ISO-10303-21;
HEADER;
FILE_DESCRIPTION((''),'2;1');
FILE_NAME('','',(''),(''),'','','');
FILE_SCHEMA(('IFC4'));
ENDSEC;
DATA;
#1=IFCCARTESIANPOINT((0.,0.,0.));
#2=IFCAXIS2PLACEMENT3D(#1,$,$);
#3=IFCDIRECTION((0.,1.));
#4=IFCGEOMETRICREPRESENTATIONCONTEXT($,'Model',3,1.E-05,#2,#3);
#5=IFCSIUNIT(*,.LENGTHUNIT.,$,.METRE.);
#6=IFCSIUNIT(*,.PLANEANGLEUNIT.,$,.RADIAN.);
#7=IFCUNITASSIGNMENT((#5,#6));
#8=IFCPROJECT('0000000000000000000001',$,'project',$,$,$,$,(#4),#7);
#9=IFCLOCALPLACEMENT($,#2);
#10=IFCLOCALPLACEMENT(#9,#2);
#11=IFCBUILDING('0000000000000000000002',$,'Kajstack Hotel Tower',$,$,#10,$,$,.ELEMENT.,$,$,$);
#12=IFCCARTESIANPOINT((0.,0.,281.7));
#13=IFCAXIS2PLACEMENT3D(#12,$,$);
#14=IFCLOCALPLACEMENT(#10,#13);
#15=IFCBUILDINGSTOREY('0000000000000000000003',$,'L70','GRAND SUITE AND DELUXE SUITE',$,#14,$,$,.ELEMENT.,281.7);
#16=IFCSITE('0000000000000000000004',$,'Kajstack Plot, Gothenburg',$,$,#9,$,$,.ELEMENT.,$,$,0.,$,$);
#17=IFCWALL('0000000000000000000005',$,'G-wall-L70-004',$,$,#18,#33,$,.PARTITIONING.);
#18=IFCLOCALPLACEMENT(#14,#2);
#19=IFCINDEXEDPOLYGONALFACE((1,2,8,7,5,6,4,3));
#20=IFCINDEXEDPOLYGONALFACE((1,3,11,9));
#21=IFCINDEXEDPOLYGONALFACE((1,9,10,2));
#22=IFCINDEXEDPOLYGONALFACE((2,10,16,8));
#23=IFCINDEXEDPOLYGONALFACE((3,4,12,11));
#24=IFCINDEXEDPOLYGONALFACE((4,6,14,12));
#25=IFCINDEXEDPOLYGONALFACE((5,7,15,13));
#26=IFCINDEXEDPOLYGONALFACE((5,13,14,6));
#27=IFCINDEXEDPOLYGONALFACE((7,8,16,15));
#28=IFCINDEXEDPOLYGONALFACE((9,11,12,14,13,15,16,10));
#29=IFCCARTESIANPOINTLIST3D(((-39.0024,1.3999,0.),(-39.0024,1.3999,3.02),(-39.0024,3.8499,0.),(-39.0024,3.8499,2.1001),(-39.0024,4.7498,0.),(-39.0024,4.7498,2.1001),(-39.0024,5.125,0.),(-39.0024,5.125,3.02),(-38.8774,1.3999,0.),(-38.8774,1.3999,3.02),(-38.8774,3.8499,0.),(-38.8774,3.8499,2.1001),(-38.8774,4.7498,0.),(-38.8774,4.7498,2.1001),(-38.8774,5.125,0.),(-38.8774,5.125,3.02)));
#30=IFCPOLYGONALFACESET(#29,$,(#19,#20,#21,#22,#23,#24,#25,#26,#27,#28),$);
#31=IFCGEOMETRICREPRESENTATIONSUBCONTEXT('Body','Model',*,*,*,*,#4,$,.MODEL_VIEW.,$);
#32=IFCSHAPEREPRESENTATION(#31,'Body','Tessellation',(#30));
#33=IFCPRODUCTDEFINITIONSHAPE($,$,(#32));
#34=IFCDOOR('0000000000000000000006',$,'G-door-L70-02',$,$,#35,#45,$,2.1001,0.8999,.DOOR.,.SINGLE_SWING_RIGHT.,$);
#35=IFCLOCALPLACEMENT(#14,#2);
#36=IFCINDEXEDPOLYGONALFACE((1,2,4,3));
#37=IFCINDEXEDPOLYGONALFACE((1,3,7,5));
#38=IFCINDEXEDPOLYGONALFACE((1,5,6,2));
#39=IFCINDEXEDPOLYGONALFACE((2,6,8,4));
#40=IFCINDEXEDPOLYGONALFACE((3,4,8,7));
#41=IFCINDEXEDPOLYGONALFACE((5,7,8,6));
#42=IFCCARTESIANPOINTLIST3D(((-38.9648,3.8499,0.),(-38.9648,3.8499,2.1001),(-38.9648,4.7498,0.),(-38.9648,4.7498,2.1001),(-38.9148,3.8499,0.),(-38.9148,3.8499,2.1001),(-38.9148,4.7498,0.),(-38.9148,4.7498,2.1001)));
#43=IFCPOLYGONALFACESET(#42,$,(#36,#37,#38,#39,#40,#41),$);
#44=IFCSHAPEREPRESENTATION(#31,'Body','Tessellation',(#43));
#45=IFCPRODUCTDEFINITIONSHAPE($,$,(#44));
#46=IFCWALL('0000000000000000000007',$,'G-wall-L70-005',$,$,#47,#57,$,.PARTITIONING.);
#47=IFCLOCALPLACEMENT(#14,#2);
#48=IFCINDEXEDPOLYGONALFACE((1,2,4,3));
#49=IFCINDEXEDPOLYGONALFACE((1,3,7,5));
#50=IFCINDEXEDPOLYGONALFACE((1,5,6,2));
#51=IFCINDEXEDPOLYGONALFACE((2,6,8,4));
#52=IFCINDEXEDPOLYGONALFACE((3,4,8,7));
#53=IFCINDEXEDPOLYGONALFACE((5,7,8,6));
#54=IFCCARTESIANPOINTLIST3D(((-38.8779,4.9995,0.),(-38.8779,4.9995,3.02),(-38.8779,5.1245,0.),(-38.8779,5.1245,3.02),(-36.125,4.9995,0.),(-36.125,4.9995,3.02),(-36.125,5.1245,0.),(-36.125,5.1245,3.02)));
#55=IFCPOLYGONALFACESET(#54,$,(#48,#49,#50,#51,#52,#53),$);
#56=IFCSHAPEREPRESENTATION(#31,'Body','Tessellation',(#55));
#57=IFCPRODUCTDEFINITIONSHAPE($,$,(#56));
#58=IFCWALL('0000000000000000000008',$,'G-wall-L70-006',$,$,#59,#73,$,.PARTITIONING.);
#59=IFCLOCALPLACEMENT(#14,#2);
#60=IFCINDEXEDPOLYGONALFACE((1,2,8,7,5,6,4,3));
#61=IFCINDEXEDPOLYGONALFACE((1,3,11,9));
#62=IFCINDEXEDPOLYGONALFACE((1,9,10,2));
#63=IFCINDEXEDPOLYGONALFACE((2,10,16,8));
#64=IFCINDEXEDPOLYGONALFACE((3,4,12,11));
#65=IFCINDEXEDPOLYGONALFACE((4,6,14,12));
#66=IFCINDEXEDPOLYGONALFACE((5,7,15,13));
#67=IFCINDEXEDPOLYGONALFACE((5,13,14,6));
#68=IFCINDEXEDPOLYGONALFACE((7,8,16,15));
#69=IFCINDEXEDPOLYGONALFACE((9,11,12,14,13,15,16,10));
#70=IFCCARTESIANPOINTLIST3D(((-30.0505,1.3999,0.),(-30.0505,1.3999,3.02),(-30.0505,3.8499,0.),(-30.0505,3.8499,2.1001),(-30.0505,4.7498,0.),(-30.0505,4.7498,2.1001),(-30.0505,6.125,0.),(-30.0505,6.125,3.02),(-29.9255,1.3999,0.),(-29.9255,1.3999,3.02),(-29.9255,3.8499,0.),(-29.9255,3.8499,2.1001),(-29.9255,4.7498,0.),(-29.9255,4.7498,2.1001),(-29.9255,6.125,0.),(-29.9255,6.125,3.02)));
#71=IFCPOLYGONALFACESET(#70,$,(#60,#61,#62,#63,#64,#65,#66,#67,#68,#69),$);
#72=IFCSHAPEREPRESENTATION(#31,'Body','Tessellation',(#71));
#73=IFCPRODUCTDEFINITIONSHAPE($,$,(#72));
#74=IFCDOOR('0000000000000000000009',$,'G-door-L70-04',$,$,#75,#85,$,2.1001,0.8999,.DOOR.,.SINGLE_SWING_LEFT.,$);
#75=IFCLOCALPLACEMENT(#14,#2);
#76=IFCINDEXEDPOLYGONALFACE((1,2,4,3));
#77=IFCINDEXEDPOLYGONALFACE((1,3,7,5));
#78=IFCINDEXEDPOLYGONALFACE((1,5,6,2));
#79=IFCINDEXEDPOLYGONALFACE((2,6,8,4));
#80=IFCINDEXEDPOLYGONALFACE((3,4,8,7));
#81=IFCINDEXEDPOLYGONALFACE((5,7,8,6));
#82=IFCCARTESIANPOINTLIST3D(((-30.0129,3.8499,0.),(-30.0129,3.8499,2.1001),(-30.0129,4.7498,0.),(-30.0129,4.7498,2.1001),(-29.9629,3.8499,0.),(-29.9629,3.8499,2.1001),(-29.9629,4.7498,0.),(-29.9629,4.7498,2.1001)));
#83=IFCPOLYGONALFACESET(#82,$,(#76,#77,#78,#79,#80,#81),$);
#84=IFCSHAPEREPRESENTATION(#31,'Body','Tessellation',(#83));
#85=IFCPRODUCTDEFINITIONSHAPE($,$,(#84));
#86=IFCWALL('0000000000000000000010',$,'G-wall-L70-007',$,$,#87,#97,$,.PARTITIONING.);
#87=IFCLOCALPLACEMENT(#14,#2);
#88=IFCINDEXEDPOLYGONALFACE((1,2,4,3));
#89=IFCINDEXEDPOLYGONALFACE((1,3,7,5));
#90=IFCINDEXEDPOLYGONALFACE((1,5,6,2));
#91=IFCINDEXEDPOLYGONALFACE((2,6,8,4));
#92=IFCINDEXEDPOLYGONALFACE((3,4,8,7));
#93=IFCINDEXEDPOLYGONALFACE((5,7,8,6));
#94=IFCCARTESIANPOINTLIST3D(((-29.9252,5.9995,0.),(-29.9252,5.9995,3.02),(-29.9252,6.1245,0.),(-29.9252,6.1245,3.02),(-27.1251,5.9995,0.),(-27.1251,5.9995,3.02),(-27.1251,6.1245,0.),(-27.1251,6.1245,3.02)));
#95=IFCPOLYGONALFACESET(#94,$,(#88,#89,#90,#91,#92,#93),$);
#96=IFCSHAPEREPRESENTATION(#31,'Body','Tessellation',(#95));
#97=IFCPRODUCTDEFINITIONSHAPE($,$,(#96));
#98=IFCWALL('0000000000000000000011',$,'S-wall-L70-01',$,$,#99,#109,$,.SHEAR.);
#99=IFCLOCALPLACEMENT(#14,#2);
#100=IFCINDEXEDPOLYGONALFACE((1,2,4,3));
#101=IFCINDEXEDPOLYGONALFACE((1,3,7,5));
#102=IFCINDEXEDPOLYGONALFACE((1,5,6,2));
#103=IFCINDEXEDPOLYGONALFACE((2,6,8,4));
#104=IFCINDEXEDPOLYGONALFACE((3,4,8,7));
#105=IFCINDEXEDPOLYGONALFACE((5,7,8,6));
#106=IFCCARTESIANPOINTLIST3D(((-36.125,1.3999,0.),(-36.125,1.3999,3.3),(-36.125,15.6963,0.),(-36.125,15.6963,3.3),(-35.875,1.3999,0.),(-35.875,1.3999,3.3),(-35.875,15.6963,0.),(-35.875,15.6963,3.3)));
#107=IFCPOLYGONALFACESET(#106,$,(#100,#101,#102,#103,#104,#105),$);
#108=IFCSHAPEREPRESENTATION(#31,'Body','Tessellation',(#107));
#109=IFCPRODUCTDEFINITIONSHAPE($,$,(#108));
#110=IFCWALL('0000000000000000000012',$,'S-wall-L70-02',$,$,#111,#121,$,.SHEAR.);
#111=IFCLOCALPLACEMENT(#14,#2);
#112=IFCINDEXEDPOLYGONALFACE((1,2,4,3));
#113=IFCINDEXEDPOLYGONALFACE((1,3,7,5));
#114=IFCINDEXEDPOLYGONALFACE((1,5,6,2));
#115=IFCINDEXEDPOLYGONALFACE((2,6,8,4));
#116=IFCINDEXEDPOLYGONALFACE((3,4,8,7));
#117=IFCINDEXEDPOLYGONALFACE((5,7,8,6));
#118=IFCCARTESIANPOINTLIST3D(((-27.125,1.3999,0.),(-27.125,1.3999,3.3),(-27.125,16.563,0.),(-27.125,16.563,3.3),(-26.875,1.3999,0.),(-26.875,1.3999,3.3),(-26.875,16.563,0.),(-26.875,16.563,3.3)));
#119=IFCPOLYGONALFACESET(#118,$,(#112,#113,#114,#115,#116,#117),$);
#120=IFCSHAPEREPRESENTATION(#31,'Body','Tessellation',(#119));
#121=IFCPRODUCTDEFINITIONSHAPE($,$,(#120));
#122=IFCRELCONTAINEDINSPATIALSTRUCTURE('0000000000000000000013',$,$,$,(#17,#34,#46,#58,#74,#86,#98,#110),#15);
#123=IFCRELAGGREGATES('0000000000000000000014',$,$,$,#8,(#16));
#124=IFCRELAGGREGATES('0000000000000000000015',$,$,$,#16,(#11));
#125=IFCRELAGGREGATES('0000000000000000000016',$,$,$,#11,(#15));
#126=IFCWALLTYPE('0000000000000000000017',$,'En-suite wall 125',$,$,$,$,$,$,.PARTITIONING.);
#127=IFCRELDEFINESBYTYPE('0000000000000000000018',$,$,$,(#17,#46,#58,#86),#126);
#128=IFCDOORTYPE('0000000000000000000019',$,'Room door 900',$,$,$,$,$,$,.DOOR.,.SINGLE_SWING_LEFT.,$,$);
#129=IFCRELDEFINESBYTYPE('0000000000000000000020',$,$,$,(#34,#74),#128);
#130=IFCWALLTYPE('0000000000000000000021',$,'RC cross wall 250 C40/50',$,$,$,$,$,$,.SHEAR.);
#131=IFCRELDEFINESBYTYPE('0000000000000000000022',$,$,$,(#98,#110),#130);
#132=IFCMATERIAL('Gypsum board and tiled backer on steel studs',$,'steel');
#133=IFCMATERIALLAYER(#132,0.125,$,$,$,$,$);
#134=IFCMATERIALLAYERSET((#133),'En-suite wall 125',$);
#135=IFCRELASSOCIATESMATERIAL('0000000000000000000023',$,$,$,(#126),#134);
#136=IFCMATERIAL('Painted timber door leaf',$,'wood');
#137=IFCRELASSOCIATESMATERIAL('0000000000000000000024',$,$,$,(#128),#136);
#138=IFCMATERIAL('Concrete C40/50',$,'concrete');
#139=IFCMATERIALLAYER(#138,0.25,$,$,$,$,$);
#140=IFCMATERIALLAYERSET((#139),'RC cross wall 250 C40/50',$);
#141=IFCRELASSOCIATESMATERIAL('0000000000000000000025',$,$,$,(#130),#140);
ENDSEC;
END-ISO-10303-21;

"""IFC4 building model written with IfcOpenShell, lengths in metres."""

from ifc_helpers import new_model, si_unit, direction, frame, frame_2d, origin, place, context, subcontext, project, spatial, rectangle, extrude, material, layer, layer_set, type_object, element, fill, save


model = new_model("IFC4")

# Units and contexts
model_context = context("Model", 3, precision=1e-05, world=origin(), true_north=direction((0.0, 1.0)))
body_context = subcontext(model_context, "Body", "Model", "MODEL_VIEW")
ifc_project = project(units=[si_unit("LENGTHUNIT", "METRE"), si_unit("PLANEANGLEUNIT", "RADIAN")], contexts=[model_context])

# Site, building, storey
site_placement = place(None, origin())
site = spatial("IfcSite", under=ifc_project, at=site_placement, Name="Kajstack Plot, Gothenburg", CompositionType="ELEMENT", RefElevation=0.0)
building_placement = place(site_placement, origin())
building = spatial("IfcBuilding", under=site, at=building_placement, Name="Kajstack Hotel Tower", CompositionType="ELEMENT")
storey_placement = place(building_placement, frame((0.0, 0.0, 281.7)))
storey = spatial("IfcBuildingStorey", under=building, at=storey_placement, Name="L70", Description="GRAND SUITE AND DELUXE SUITE", CompositionType="ELEMENT", Elevation=281.7)

# Wall, opening, door
ifc_material_1 = material(Name="Gypsum board and tiled backer on steel studs", Category="steel")
ifc_layer_1 = layer(ifc_material_1, 0.125)
ifc_layer_set_1 = layer_set([ifc_layer_1], Name="En-suite wall 125")
wall_type_1 = type_object("IfcWallType", Name="En-suite wall 125", PredefinedType="PARTITIONING", material=ifc_layer_set_1)
wall_1_placement = place(storey_placement, frame((-38.9399, 1.3999, 0.0), z_axis=(0.0, 0.0, 1.0), x_axis=(0.0, 1.0, 0.0)))
wall_1 = element("IfcWall", 1, at=wall_1_placement, inside=storey, type_object=wall_type_1, Name="G-wall-L70-004", PredefinedType="PARTITIONING", context=body_context, shape_type="SweptSolid", body=[
    extrude(rectangle(XDim=3.7251, YDim=0.125, at=frame_2d((1.8625, 0.0))), origin(), (0.0, 0.0, 1.0), 3.02),
])
opening_1_placement = place(wall_1_placement, frame((2.45, 0.0, 0.0)))
opening_1 = element("IfcOpeningElement", 2, at=opening_1_placement, cuts=wall_1, PredefinedType="OPENING", context=body_context, shape_type="SweptSolid", body=[
    extrude(rectangle(XDim=0.8999, YDim=2.1001, at=frame_2d((0.45, 1.05))), frame((0.0, 0.0725, 0.0), z_axis=(0.0, -1.0, 0.0), x_axis=(1.0, 0.0, 0.0)), (0.0, 0.0, 1.0), 0.145),
])
ifc_material_2 = material(Name="Painted timber door leaf", Category="wood")
door_type = type_object("IfcDoorType", Name="Room door 900", OperationType="SINGLE_SWING_LEFT", PredefinedType="DOOR", material=ifc_material_2)
door_1_placement = place(opening_1_placement, origin())
door_1 = element("IfcDoor", 3, at=door_1_placement, inside=storey, type_object=door_type, Name="G-door-L70-02", OperationType="SINGLE_SWING_RIGHT", OverallHeight=2.1001, OverallWidth=0.8999, PredefinedType="DOOR", context=body_context, shape_type="SweptSolid", body=[
    extrude(rectangle(XDim=0.8999, YDim=2.1001, at=frame_2d((0.45, 1.05))), frame((0.0, 0.0249, 0.0), z_axis=(0.0, -1.0, 0.0), x_axis=(1.0, 0.0, 0.0)), (0.0, 0.0, 1.0), 0.05),
])
fill(opening_1, door_1)

# Wall
wall_2_placement = place(storey_placement, frame((-38.8779, 5.062, 0.0), z_axis=(0.0, 0.0, 1.0), x_axis=(1.0, 0.0, 0.0)))
element("IfcWall", 4, at=wall_2_placement, inside=storey, type_object=wall_type_1, Name="G-wall-L70-005", PredefinedType="PARTITIONING", context=body_context, shape_type="SweptSolid", body=[
    extrude(rectangle(XDim=2.7529, YDim=0.125, at=frame_2d((1.3765, 0.0))), origin(), (0.0, 0.0, 1.0), 3.02),
])

# Wall, opening, door
wall_3_placement = place(storey_placement, frame((-29.988, 1.3999, 0.0), z_axis=(0.0, 0.0, 1.0), x_axis=(0.0, 1.0, 0.0)))
wall_3 = element("IfcWall", 5, at=wall_3_placement, inside=storey, type_object=wall_type_1, Name="G-wall-L70-006", PredefinedType="PARTITIONING", context=body_context, shape_type="SweptSolid", body=[
    extrude(rectangle(XDim=4.7251, YDim=0.125, at=frame_2d((2.3625, 0.0))), origin(), (0.0, 0.0, 1.0), 3.02),
])
opening_2_placement = place(wall_3_placement, frame((2.45, 0.0, 0.0)))
opening_2 = element("IfcOpeningElement", 6, at=opening_2_placement, cuts=wall_3, PredefinedType="OPENING", context=body_context, shape_type="SweptSolid", body=[
    extrude(rectangle(XDim=0.8999, YDim=2.1001, at=frame_2d((0.45, 1.05))), frame((0.0, 0.0725, 0.0), z_axis=(0.0, -1.0, 0.0), x_axis=(1.0, 0.0, 0.0)), (0.0, 0.0, 1.0), 0.145),
])
door_2_placement = place(opening_2_placement, origin())
door_2 = element("IfcDoor", 7, at=door_2_placement, inside=storey, type_object=door_type, Name="G-door-L70-04", OperationType="SINGLE_SWING_LEFT", OverallHeight=2.1001, OverallWidth=0.8999, PredefinedType="DOOR", context=body_context, shape_type="SweptSolid", body=[
    extrude(rectangle(XDim=0.8999, YDim=2.1001, at=frame_2d((0.45, 1.05))), frame((0.0, 0.0249, 0.0), z_axis=(0.0, -1.0, 0.0), x_axis=(1.0, 0.0, 0.0)), (0.0, 0.0, 1.0), 0.05),
])
fill(opening_2, door_2)

# Walls
wall_4_placement = place(storey_placement, frame((-29.925, 6.062, 0.0), z_axis=(0.0, 0.0, 1.0), x_axis=(1.0, 0.0, 0.0)))
element("IfcWall", 8, at=wall_4_placement, inside=storey, type_object=wall_type_1, Name="G-wall-L70-007", PredefinedType="PARTITIONING", context=body_context, shape_type="SweptSolid", body=[
    extrude(rectangle(XDim=2.8, YDim=0.125, at=frame_2d((1.3999, 0.0))), origin(), (0.0, 0.0, 1.0), 3.02),
])
ifc_material_3 = material(Name="Concrete C40/50", Category="concrete")
ifc_layer_2 = layer(ifc_material_3, 0.25)
ifc_layer_set_2 = layer_set([ifc_layer_2], Name="RC cross wall 250 C40/50")
wall_type_2 = type_object("IfcWallType", Name="RC cross wall 250 C40/50", PredefinedType="SHEAR", material=ifc_layer_set_2)
wall_5_placement = place(storey_placement, frame((-36.0, 1.3999, 0.0), z_axis=(0.0, 0.0, 1.0), x_axis=(0.0, 1.0, 0.0)))
element("IfcWall", 9, at=wall_5_placement, inside=storey, type_object=wall_type_2, Name="S-wall-L70-01", PredefinedType="SHEAR", context=body_context, shape_type="SweptSolid", body=[
    extrude(rectangle(XDim=14.2964, YDim=0.25, at=frame_2d((7.1482, 0.0))), origin(), (0.0, 0.0, 1.0), 3.3),
])
wall_6_placement = place(storey_placement, frame((-27.0, 1.3999, 0.0), z_axis=(0.0, 0.0, 1.0), x_axis=(0.0, 1.0, 0.0)))
element("IfcWall", 10, at=wall_6_placement, inside=storey, type_object=wall_type_2, Name="S-wall-L70-02", PredefinedType="SHEAR", context=body_context, shape_type="SweptSolid", body=[
    extrude(rectangle(XDim=15.1631, YDim=0.25, at=frame_2d((7.5815, 0.0))), origin(), (0.0, 0.0, 1.0), 3.3),
])

save(model, "model.ifc")
